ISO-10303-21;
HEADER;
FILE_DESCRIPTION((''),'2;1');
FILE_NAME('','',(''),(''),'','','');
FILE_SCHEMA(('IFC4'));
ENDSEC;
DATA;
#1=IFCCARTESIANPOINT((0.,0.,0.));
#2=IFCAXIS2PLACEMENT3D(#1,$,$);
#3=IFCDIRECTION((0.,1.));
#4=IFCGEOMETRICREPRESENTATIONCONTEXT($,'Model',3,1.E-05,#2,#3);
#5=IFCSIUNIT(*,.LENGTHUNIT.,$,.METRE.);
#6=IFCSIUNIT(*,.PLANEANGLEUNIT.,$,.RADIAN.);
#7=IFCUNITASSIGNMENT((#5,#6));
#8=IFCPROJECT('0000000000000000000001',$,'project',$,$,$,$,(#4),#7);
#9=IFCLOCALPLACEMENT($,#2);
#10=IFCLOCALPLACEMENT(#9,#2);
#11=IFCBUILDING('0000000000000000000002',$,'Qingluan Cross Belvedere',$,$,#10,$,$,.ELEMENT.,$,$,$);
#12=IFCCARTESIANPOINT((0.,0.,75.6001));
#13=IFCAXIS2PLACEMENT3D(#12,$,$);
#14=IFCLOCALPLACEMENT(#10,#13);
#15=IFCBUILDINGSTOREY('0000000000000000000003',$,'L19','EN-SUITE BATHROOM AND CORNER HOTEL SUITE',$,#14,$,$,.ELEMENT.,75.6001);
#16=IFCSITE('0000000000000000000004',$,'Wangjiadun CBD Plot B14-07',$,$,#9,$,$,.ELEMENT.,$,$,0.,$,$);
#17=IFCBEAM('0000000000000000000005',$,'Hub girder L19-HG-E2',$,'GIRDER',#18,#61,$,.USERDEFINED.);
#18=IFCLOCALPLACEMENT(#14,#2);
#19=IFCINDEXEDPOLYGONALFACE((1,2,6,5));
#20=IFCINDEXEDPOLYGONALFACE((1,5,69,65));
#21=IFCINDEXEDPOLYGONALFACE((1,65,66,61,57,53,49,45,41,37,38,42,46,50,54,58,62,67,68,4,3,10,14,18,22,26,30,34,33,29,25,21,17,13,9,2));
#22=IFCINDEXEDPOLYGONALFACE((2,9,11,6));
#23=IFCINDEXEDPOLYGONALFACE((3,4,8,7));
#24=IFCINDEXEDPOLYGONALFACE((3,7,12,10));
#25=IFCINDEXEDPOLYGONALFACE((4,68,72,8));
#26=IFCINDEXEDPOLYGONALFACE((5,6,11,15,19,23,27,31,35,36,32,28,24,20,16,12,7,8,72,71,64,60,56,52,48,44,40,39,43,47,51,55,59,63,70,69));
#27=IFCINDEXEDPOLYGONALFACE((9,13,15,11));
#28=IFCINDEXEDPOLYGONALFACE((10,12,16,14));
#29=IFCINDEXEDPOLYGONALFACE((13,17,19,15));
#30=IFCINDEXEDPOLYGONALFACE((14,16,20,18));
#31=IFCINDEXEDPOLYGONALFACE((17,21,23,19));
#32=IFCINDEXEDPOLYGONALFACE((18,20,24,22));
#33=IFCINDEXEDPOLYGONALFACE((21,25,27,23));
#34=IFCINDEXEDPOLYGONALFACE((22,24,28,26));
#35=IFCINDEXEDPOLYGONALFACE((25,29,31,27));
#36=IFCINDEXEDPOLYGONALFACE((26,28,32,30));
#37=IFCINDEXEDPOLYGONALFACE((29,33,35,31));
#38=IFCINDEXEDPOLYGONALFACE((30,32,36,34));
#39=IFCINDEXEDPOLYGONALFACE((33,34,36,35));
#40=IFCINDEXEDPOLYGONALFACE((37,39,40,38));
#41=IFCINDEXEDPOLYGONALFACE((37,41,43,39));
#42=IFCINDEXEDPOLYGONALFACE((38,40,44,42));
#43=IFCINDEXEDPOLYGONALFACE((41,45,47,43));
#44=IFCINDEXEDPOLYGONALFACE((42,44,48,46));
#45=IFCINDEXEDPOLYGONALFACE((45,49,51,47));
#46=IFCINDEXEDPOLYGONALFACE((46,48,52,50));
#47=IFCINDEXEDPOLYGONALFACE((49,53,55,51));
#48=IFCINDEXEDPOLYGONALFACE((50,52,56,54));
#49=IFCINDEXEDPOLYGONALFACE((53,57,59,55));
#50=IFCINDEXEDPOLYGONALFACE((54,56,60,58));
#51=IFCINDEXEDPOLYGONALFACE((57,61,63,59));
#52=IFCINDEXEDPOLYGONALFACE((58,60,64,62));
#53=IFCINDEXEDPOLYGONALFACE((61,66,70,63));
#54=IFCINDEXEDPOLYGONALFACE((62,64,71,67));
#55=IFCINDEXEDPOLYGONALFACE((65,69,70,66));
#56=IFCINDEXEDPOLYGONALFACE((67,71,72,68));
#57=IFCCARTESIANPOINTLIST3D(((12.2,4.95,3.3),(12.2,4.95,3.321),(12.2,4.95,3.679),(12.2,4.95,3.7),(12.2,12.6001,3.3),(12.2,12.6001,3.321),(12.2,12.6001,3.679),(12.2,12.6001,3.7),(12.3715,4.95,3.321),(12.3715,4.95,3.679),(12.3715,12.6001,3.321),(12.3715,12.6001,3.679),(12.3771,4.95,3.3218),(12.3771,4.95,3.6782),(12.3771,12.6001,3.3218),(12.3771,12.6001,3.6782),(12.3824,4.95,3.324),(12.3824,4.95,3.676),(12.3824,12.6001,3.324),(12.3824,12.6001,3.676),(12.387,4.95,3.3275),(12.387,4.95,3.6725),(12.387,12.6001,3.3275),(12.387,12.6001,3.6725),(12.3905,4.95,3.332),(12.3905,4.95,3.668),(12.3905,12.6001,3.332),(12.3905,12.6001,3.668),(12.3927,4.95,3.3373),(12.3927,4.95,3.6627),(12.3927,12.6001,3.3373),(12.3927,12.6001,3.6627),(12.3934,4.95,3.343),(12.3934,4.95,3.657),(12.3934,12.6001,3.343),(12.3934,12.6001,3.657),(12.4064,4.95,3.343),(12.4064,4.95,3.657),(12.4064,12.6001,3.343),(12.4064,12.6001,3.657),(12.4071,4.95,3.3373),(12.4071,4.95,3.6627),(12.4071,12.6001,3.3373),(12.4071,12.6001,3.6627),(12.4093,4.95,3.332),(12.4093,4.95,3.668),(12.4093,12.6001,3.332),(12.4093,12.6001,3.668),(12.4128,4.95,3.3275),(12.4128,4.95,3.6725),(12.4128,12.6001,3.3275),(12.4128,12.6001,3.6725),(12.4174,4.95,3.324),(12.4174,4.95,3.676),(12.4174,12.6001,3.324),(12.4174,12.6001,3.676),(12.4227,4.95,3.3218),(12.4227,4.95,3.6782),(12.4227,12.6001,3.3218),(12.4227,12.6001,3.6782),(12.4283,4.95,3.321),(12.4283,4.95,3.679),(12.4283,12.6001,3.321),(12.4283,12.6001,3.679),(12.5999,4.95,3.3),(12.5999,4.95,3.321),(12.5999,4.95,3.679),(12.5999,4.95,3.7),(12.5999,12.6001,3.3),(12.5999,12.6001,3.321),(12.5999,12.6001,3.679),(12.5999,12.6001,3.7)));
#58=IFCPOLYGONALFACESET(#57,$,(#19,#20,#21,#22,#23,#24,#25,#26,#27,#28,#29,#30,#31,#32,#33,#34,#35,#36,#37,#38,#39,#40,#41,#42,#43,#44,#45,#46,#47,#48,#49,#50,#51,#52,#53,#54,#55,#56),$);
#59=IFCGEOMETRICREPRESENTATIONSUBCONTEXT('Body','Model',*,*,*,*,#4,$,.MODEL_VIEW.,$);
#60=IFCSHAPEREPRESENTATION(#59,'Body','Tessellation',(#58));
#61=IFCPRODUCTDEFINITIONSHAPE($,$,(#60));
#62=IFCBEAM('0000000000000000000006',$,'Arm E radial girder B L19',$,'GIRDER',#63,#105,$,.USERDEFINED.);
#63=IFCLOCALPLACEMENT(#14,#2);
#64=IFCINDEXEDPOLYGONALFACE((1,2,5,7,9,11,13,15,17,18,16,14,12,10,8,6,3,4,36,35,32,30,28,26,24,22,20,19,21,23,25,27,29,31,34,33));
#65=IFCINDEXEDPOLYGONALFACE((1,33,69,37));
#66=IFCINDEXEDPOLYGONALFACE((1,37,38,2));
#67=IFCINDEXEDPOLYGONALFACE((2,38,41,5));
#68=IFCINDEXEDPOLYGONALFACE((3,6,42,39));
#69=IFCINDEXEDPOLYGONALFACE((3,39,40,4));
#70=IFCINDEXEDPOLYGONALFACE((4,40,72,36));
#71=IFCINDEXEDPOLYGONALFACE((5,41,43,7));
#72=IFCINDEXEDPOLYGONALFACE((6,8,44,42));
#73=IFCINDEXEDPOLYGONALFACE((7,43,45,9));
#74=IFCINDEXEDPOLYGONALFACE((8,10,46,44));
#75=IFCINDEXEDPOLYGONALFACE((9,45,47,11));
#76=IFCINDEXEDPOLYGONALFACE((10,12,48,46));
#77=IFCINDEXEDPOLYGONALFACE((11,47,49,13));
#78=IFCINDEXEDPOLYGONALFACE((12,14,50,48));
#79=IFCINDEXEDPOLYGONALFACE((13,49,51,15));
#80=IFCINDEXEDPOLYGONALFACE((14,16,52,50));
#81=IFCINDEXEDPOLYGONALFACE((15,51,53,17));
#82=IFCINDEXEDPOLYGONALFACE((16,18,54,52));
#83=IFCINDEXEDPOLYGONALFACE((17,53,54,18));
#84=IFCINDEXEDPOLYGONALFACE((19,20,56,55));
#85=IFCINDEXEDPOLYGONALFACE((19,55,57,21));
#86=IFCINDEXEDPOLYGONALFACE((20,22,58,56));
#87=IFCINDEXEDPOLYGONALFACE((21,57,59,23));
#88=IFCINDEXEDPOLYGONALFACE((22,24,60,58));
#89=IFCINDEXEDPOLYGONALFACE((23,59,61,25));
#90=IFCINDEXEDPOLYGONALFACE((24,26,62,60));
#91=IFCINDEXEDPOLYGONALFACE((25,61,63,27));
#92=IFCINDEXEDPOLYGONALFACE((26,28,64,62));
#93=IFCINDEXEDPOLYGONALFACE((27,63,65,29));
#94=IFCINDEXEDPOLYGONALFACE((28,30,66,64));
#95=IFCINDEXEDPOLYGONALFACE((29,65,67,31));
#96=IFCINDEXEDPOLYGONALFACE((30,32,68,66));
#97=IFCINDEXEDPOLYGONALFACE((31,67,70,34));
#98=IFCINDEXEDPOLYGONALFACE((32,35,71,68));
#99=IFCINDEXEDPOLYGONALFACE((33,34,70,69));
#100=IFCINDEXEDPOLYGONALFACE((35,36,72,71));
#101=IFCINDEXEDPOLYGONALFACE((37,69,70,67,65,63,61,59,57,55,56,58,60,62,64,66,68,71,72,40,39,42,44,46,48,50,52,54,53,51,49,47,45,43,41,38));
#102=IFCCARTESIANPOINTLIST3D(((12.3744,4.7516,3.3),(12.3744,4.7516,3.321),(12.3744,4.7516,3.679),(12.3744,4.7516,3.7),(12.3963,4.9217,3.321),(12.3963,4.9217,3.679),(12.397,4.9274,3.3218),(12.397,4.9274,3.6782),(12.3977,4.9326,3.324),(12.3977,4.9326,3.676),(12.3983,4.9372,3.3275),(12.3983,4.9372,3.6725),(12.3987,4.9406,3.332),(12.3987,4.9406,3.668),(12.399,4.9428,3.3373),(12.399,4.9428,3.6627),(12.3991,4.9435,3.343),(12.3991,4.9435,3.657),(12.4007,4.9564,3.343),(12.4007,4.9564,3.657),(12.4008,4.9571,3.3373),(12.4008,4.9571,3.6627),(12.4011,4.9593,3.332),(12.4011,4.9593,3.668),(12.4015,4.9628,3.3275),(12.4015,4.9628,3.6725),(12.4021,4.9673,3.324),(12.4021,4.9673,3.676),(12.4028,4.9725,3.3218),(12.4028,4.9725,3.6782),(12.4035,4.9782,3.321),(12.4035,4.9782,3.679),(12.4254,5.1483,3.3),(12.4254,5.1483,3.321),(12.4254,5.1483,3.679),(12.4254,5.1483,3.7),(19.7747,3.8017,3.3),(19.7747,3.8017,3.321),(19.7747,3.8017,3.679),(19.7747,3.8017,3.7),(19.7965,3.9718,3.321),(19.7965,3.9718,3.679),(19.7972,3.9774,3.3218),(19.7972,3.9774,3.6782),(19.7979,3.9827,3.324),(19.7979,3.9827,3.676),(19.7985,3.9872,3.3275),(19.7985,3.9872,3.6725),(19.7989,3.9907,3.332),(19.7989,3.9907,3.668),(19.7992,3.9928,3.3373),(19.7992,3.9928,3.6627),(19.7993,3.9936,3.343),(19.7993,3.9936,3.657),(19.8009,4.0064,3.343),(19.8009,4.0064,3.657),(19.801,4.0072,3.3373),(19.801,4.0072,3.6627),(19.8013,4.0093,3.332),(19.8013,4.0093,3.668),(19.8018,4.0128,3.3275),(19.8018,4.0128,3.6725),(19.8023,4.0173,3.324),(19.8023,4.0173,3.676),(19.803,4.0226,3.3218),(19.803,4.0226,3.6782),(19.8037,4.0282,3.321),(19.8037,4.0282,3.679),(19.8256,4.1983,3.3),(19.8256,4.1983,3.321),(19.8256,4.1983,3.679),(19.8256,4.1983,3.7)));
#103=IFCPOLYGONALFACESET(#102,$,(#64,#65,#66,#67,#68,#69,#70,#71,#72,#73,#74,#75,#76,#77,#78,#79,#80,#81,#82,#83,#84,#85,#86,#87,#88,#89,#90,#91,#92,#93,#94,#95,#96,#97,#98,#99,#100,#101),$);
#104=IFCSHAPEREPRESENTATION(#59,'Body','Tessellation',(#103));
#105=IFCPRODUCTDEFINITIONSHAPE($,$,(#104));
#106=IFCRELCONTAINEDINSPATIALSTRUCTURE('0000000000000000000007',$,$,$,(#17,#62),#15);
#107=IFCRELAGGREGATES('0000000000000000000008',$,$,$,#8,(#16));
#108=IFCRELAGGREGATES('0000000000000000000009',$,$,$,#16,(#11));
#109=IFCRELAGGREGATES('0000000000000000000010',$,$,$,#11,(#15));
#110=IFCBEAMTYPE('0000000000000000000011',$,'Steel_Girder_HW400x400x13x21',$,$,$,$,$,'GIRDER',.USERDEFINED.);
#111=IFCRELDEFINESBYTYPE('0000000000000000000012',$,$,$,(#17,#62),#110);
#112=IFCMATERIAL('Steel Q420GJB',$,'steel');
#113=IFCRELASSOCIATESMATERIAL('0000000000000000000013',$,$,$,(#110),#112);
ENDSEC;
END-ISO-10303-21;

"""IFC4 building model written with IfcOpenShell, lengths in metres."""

from ifc_helpers import new_model, si_unit, direction, frame, origin, origin_2d, place, context, subcontext, project, spatial, i_section, extrude, material, material_profile, profile_set, type_object, element, save


model = new_model("IFC4")

# Units and contexts
model_context = context("Model", 3, precision=1e-05, world=origin(), true_north=direction((0.0, 1.0)))
body_context = subcontext(model_context, "Body", "Model", "MODEL_VIEW")
ifc_project = project(units=[si_unit("LENGTHUNIT", "METRE"), si_unit("PLANEANGLEUNIT", "RADIAN")], contexts=[model_context])

# Site, building, storey
site_placement = place(None, origin())
site = spatial("IfcSite", under=ifc_project, at=site_placement, Name="Wangjiadun CBD Plot B14-07", CompositionType="ELEMENT", RefElevation=0.0)
building_placement = place(site_placement, origin())
building = spatial("IfcBuilding", under=site, at=building_placement, Name="Qingluan Cross Belvedere", CompositionType="ELEMENT")
storey_placement = place(building_placement, frame((0.0, 0.0, 75.6001)))
storey = spatial("IfcBuildingStorey", under=building, at=storey_placement, Name="L19", Description="EN-SUITE BATHROOM AND CORNER HOTEL SUITE", CompositionType="ELEMENT", Elevation=75.6001)

# Beams
ifc_material_1 = material(Name="Steel Q420GJB", Category="steel")
ifc_material_profile = material_profile(ifc_material_1, i_section(OverallWidth=0.3999, OverallDepth=0.3999, WebThickness=0.0129, FlangeThickness=0.021, FilletRadius=0.022, at=origin_2d()), Name="HW400x400x13x21")
ifc_profile_set = profile_set([ifc_material_profile], Name="Steel Q420GJB")
beam_type = type_object("IfcBeamType", Name="Steel_Girder_HW400x400x13x21", ElementType="GIRDER", PredefinedType="USERDEFINED", material=ifc_profile_set)
beam_1_placement = place(storey_placement, frame((12.3999, 4.95, 3.5), z_axis=(0.0, 1.0, 0.0), x_axis=(-1.0, 0.0, 0.0)))
element("IfcBeam", 1, at=beam_1_placement, inside=storey, type_object=beam_type, Name="Hub girder L19-HG-E2", ObjectType="GIRDER", PredefinedType="USERDEFINED", context=body_context, shape_type="SweptSolid", body=[
    extrude(i_section(OverallWidth=0.3999, OverallDepth=0.3999, WebThickness=0.0129, FlangeThickness=0.021, FilletRadius=0.022, at=origin_2d()), origin(), (0.0, 0.0, 1.0), 7.6501),
])
beam_2_placement = place(storey_placement, frame((12.3999, 4.95, 3.5), z_axis=(0.991861, -0.127324, 0.0), x_axis=(0.127324, 0.991861, 0.0)))
element("IfcBeam", 2, at=beam_2_placement, inside=storey, type_object=beam_type, Name="Arm E radial girder B L19", ObjectType="GIRDER", PredefinedType="USERDEFINED", context=body_context, shape_type="SweptSolid", body=[
    extrude(i_section(OverallWidth=0.3999, OverallDepth=0.3999, WebThickness=0.0129, FlangeThickness=0.021, FilletRadius=0.022, at=origin_2d()), origin(), (0.0, 0.0, 1.0), 7.4609),
])

save(model, "model.ifc")
